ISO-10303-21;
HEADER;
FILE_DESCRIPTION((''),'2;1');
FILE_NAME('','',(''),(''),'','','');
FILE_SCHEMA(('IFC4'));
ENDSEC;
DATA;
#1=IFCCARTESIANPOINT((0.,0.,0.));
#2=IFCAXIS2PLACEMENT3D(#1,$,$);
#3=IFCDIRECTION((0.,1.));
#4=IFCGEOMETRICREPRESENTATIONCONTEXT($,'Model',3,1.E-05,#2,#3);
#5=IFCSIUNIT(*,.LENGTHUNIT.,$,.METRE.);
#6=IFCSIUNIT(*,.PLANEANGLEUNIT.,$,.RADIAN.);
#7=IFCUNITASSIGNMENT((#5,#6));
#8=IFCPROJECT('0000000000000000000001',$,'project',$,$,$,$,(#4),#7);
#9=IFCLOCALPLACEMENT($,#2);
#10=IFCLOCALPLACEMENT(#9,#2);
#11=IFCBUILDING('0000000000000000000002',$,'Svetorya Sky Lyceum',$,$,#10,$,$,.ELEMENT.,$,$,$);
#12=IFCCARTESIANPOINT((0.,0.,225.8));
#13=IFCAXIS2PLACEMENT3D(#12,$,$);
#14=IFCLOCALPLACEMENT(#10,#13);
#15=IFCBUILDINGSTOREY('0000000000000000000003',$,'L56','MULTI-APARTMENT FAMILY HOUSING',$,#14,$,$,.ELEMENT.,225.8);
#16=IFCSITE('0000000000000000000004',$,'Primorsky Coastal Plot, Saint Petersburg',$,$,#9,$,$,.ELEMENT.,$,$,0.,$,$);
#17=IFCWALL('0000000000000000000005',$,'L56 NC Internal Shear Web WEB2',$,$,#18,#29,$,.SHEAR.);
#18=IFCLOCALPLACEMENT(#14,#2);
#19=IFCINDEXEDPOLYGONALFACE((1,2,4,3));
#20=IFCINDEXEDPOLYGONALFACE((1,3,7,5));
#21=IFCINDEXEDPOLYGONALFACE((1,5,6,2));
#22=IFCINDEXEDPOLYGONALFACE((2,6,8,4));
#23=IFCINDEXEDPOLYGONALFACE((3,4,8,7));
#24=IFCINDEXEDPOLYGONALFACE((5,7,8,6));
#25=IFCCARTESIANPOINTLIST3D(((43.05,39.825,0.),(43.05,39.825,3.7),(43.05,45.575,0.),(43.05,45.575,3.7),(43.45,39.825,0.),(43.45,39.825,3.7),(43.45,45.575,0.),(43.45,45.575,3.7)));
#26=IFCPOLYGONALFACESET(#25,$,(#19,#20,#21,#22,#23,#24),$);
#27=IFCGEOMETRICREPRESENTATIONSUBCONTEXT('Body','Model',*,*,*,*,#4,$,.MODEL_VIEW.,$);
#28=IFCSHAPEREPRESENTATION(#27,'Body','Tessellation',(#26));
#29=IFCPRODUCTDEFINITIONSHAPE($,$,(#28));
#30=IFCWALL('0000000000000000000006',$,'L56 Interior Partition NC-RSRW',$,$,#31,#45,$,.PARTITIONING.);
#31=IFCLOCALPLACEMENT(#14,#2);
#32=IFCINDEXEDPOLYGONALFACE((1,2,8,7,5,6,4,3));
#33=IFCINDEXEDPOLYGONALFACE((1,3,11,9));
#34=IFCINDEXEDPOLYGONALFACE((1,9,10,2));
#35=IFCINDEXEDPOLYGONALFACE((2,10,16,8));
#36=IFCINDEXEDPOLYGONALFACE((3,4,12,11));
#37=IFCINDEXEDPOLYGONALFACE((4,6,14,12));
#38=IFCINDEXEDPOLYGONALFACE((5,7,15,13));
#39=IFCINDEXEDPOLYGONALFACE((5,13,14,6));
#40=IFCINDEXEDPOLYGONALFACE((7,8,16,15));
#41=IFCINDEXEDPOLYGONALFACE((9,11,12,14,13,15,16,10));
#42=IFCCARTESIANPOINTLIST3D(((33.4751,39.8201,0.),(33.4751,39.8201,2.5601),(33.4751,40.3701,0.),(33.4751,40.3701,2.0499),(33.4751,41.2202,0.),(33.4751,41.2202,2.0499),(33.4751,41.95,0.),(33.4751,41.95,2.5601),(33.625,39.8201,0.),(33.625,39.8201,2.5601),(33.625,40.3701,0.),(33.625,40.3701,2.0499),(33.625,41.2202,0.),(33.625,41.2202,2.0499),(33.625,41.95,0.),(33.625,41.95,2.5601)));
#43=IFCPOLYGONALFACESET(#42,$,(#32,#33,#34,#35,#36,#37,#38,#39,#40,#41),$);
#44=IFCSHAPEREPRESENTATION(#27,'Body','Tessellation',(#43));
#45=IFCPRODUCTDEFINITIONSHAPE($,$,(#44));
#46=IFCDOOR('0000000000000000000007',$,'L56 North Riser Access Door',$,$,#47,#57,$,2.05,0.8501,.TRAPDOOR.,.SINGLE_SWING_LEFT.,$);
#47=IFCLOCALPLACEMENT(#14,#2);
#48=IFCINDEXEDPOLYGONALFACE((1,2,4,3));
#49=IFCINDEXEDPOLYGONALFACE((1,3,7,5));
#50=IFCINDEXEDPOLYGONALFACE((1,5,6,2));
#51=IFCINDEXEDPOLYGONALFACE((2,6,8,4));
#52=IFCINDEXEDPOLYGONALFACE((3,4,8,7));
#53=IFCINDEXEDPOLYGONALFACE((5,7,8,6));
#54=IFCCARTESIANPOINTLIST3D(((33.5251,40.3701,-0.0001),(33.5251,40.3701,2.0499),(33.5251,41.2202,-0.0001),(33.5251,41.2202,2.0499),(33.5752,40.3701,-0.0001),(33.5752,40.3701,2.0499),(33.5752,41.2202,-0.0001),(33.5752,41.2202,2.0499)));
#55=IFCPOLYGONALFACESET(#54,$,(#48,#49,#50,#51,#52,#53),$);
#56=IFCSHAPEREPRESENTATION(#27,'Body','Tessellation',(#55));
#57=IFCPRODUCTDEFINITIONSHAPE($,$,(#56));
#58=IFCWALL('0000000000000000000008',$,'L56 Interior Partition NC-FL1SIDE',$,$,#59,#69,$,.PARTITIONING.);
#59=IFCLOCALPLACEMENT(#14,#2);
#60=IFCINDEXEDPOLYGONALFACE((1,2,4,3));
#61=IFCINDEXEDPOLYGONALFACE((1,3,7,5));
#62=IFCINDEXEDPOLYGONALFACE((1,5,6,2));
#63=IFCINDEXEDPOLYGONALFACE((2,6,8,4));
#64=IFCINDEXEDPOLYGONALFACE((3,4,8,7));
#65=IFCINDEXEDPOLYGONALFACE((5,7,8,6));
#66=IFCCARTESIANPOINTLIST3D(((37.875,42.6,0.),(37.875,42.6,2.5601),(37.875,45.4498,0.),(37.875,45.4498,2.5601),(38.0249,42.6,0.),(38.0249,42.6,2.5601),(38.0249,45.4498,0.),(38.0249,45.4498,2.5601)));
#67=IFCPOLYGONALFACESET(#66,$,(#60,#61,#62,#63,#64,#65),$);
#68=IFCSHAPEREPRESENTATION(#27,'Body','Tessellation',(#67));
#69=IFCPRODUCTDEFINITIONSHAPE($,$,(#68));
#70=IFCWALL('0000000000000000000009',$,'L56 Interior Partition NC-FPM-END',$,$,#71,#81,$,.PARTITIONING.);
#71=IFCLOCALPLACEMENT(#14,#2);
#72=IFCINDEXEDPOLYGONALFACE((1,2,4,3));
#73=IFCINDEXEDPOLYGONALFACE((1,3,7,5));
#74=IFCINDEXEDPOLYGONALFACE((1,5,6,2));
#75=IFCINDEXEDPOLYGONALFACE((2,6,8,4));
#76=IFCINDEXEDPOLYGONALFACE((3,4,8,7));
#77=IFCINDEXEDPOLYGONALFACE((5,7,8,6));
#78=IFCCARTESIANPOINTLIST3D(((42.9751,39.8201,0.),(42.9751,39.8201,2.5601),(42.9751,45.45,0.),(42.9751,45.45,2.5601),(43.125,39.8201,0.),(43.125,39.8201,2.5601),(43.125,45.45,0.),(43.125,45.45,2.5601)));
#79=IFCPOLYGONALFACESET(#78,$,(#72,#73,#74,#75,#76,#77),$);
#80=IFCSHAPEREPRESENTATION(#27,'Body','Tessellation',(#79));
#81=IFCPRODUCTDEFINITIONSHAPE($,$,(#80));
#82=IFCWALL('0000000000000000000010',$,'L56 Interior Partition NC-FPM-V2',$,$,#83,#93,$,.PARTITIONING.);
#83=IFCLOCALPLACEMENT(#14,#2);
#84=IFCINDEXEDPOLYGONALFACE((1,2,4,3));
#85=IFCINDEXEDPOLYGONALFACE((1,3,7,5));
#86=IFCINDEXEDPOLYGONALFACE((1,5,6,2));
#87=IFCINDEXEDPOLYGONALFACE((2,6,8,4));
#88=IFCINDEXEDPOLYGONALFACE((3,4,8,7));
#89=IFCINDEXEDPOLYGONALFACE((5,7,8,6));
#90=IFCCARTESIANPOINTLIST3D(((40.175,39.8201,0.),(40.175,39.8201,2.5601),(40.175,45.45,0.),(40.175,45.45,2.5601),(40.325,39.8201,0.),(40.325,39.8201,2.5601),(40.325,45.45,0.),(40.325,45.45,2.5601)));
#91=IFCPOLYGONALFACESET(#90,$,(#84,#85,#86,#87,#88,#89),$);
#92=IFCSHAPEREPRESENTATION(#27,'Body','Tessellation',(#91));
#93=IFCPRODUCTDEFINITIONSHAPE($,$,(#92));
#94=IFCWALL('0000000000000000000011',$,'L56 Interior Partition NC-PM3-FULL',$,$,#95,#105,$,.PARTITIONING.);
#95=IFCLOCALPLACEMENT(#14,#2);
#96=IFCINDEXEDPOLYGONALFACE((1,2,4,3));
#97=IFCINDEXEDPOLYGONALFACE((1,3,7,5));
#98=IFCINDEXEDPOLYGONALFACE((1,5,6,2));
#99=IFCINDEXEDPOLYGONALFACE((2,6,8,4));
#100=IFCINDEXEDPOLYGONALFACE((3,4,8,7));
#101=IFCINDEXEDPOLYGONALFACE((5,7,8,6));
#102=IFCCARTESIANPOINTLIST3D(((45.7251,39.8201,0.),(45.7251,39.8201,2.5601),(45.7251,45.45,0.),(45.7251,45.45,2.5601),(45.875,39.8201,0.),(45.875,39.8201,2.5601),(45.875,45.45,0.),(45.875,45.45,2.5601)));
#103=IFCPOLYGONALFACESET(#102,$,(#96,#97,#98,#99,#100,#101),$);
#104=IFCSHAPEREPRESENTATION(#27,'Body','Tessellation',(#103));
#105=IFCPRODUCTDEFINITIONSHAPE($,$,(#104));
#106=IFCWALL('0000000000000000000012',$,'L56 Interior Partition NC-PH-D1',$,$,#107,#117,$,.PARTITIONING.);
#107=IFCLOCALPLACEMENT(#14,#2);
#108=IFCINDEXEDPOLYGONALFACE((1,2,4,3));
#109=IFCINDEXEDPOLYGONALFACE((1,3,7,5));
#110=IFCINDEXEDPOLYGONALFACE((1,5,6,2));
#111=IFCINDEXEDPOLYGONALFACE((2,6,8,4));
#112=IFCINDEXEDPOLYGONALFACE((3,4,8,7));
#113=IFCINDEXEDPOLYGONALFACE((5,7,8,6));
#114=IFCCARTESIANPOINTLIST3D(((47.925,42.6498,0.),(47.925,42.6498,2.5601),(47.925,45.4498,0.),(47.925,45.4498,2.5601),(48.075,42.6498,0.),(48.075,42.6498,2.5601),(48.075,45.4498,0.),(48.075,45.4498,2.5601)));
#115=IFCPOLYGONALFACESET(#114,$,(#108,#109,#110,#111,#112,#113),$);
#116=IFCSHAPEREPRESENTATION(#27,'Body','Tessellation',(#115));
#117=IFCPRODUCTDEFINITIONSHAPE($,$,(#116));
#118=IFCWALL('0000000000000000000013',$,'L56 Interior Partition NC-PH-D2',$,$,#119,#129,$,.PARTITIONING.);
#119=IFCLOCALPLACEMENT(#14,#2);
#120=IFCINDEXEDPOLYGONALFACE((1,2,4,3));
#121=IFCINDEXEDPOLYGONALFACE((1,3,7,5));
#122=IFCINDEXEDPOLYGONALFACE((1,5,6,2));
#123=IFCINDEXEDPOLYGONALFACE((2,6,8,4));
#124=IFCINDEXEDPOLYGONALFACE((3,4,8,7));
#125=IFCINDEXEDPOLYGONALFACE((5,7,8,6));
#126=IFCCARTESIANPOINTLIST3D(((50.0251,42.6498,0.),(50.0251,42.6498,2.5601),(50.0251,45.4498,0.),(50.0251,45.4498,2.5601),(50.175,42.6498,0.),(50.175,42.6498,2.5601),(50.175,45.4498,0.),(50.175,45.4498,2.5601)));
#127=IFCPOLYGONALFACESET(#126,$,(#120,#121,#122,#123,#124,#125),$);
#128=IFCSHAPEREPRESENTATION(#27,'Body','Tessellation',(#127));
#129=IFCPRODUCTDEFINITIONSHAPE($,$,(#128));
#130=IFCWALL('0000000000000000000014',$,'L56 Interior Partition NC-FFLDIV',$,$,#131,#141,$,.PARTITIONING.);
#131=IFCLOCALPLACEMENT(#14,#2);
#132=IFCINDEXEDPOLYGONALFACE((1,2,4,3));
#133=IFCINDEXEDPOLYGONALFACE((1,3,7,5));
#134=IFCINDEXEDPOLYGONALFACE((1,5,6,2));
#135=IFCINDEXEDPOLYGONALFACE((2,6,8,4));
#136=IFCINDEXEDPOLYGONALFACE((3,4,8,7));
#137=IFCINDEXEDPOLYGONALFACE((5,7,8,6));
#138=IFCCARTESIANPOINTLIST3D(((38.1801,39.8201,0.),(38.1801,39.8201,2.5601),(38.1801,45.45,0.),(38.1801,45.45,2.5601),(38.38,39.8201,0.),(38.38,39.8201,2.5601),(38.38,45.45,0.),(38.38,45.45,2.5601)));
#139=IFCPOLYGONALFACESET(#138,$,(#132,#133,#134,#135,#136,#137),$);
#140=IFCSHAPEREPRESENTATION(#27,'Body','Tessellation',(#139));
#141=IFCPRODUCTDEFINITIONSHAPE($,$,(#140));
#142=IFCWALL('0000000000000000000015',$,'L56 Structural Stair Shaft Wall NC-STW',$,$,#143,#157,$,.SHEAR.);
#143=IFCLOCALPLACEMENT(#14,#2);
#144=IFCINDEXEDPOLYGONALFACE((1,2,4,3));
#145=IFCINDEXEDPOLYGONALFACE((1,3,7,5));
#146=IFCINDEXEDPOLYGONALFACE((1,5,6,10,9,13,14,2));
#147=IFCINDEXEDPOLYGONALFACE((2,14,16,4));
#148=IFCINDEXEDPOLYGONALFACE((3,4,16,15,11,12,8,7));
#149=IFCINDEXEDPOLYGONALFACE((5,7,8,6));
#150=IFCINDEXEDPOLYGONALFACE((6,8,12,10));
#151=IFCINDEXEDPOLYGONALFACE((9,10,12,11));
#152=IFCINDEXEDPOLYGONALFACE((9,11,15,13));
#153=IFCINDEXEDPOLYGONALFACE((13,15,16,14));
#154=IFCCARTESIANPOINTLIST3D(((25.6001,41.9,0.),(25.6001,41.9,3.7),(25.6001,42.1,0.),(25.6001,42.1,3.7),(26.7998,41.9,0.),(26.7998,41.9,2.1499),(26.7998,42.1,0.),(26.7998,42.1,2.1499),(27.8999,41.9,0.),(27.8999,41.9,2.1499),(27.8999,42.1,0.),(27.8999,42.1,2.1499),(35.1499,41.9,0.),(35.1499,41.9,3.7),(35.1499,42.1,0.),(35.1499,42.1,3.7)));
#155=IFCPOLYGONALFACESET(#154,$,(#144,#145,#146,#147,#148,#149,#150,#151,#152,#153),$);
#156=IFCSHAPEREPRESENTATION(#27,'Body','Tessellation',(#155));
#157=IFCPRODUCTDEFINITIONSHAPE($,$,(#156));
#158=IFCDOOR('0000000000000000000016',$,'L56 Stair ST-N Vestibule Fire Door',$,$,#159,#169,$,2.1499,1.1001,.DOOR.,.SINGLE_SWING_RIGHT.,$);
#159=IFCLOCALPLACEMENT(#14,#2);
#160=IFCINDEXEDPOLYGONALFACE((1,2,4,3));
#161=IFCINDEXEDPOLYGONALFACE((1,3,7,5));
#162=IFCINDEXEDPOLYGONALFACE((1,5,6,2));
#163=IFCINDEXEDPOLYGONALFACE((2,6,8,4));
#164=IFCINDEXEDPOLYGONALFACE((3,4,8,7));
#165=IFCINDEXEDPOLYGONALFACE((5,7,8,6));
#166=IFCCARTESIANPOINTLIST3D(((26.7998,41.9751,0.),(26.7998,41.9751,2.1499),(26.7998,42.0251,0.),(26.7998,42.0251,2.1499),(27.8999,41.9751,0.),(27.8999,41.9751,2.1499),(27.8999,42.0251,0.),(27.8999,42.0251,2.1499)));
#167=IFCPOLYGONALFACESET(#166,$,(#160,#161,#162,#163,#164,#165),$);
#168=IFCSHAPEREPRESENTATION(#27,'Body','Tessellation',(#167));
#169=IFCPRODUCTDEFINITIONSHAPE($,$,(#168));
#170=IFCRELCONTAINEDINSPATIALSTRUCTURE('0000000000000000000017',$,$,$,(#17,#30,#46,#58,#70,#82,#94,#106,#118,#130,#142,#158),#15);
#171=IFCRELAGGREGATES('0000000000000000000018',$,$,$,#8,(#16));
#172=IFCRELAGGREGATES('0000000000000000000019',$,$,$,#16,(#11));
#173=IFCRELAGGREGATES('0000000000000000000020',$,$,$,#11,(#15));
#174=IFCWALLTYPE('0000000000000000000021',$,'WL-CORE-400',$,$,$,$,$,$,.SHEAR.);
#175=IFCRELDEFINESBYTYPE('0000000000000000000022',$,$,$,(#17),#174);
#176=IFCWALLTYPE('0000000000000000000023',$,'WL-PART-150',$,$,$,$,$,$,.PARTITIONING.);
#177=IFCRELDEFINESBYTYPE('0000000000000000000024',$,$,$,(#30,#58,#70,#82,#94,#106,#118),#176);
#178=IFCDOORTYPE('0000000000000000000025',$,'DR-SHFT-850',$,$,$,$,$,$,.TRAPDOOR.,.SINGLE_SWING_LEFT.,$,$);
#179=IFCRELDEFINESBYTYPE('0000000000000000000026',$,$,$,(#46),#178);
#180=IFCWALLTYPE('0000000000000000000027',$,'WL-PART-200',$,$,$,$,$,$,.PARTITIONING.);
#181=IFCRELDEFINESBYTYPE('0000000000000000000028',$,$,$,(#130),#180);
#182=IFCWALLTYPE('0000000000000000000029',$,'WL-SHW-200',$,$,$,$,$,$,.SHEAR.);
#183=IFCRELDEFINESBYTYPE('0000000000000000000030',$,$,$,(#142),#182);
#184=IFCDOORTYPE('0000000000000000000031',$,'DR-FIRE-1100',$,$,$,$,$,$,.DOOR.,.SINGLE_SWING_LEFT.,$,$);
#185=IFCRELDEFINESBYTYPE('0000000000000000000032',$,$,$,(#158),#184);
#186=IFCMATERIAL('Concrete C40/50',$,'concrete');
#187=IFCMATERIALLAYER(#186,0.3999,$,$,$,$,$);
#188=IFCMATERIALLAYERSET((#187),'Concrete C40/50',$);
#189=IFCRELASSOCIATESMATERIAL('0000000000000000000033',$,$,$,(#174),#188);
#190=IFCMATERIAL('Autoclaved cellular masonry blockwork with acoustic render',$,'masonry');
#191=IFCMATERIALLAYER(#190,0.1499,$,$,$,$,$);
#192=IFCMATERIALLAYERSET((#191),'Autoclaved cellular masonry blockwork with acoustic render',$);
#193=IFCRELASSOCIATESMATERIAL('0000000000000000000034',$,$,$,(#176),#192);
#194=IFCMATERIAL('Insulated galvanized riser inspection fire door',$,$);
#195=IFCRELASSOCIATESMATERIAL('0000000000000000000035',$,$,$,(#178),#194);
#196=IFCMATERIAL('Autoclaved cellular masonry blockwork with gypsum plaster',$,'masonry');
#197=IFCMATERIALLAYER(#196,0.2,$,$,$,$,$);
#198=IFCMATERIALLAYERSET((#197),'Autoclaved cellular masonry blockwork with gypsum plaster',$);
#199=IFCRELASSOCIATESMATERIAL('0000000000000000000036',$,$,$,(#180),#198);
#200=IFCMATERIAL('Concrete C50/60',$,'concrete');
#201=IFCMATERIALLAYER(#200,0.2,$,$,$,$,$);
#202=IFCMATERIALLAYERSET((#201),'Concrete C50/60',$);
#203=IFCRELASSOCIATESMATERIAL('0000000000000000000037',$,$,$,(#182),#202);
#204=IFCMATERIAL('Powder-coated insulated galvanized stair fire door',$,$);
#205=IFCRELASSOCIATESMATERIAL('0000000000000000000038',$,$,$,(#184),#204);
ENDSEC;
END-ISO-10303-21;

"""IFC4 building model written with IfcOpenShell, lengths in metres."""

from ifc_helpers import new_model, si_unit, direction, frame, frame_2d, origin, place, context, subcontext, project, spatial, rectangle, extrude, material, layer, layer_set, type_object, element, fill, save


model = new_model("IFC4")

# Units and contexts
model_context = context("Model", 3, precision=1e-05, world=origin(), true_north=direction((0.0, 1.0)))
body_context = subcontext(model_context, "Body", "Model", "MODEL_VIEW")
ifc_project = project(units=[si_unit("LENGTHUNIT", "METRE"), si_unit("PLANEANGLEUNIT", "RADIAN")], contexts=[model_context])

# Site, building, storey
site_placement = place(None, origin())
site = spatial("IfcSite", under=ifc_project, at=site_placement, Name="Primorsky Coastal Plot, Saint Petersburg", CompositionType="ELEMENT", RefElevation=0.0)
building_placement = place(site_placement, origin())
building = spatial("IfcBuilding", under=site, at=building_placement, Name="Svetorya Sky Lyceum", CompositionType="ELEMENT")
storey_placement = place(building_placement, frame((0.0, 0.0, 225.8)))
storey = spatial("IfcBuildingStorey", under=building, at=storey_placement, Name="L56", Description="MULTI-APARTMENT FAMILY HOUSING", CompositionType="ELEMENT", Elevation=225.8)

# Shared definitions
ifc_material_1 = material(Name="Concrete C50/60", Category="concrete")

# Wall
ifc_material_2 = material(Name="Concrete C40/50", Category="concrete")
ifc_layer_1 = layer(ifc_material_2, 0.3999)
ifc_layer_set_1 = layer_set([ifc_layer_1], Name="Concrete C40/50")
wall_type_1 = type_object("IfcWallType", Name="WL-CORE-400", PredefinedType="SHEAR", material=ifc_layer_set_1)
for number, where, z_axis, x_axis, name in (
    (1, (43.25, 39.825, 0.0), (0.0, 0.0, 1.0), (0.0, 1.0, 0.0), "L56 NC Internal Shear Web WEB2"),
):
    element("IfcWall", number, at=place(storey_placement, frame(where, z_axis=z_axis, x_axis=x_axis)), inside=storey, type_object=wall_type_1, Name=name, PredefinedType="SHEAR", context=body_context, shape_type="SweptSolid", body=[
        extrude(rectangle(XDim=5.75, YDim=0.3999, at=frame_2d((2.875, 0.0))), origin(), (0.0, 0.0, 1.0), 3.7),
    ])

# Wall, opening, door
ifc_material_3 = material(Name="Autoclaved cellular masonry blockwork with acoustic render", Category="masonry")
ifc_layer_2 = layer(ifc_material_3, 0.1499)
ifc_layer_set_2 = layer_set([ifc_layer_2], Name="Autoclaved cellular masonry blockwork with acoustic render")
wall_type_2 = type_object("IfcWallType", Name="WL-PART-150", PredefinedType="PARTITIONING", material=ifc_layer_set_2)
wall_1_placement = place(storey_placement, frame((33.55, 39.8201, 0.0), z_axis=(0.0, 0.0, 1.0), x_axis=(0.0, 1.0, 0.0)))
wall_1 = element("IfcWall", 2, at=wall_1_placement, inside=storey, type_object=wall_type_2, Name="L56 Interior Partition NC-RSRW", PredefinedType="PARTITIONING", context=body_context, shape_type="SweptSolid", body=[
    extrude(rectangle(XDim=2.1299, YDim=0.1499, at=frame_2d((1.0649, 0.0))), origin(), (0.0, 0.0, 1.0), 2.5601),
])
opening_1_placement = place(wall_1_placement, frame((0.55, 0.0, 0.0)))
opening_1 = element("IfcOpeningElement", 3, at=opening_1_placement, cuts=wall_1, PredefinedType="OPENING", context=body_context, shape_type="SweptSolid", body=[
    extrude(rectangle(XDim=0.8501, YDim=2.05, at=frame_2d((0.425, 1.0249))), frame((0.0, 0.085, 0.0), z_axis=(0.0, -1.0, 0.0), x_axis=(1.0, 0.0, 0.0)), (0.0, 0.0, 1.0), 0.1699),
])
ifc_material_4 = material(Name="Insulated galvanized riser inspection fire door")
door_type_1 = type_object("IfcDoorType", Name="DR-SHFT-850", OperationType="SINGLE_SWING_LEFT", PredefinedType="TRAPDOOR", material=ifc_material_4)
door_1_placement = place(opening_1_placement, origin())
door_1 = element("IfcDoor", 4, at=door_1_placement, inside=storey, type_object=door_type_1, Name="L56 North Riser Access Door", OperationType="SINGLE_SWING_LEFT", OverallHeight=2.05, OverallWidth=0.8501, PredefinedType="TRAPDOOR", context=body_context, shape_type="SweptSolid", body=[
    extrude(rectangle(XDim=0.8501, YDim=2.05, at=frame_2d((0.425, 1.0249))), frame((0.0, 0.0249, 0.0), z_axis=(0.0, -1.0, 0.0), x_axis=(1.0, 0.0, 0.0)), (0.0, 0.0, 1.0), 0.05),
])
fill(opening_1, door_1)

# Walls
wall_2_placement = place(storey_placement, frame((37.95, 42.6001, 0.0), z_axis=(0.0, 0.0, 1.0), x_axis=(0.0, 1.0, 0.0)))
element("IfcWall", 5, at=wall_2_placement, inside=storey, type_object=wall_type_2, Name="L56 Interior Partition NC-FL1SIDE", PredefinedType="PARTITIONING", context=body_context, shape_type="SweptSolid", body=[
    extrude(rectangle(XDim=2.8499, YDim=0.1499, at=frame_2d((1.4248, 0.0))), origin(), (0.0, 0.0, 1.0), 2.5601),
])
for number, where, z_axis, x_axis, name in (
    (6, (43.05, 39.8201, 0.0), (0.0, 0.0, 1.0), (0.0, 1.0, 0.0), "L56 Interior Partition NC-FPM-END"),
    (7, (40.25, 39.8201, 0.0), (0.0, 0.0, 1.0), (0.0, 1.0, 0.0), "L56 Interior Partition NC-FPM-V2"),
    (8, (45.8, 39.8201, 0.0), (0.0, 0.0, 1.0), (0.0, 1.0, 0.0), "L56 Interior Partition NC-PM3-FULL"),
):
    element("IfcWall", number, at=place(storey_placement, frame(where, z_axis=z_axis, x_axis=x_axis)), inside=storey, type_object=wall_type_2, Name=name, PredefinedType="PARTITIONING", context=body_context, shape_type="SweptSolid", body=[
        extrude(rectangle(XDim=5.6299, YDim=0.1499, at=frame_2d((2.8149, 0.0))), origin(), (0.0, 0.0, 1.0), 2.5601),
    ])
for number, where, z_axis, x_axis, name in (
    (9, (48.0, 42.6499, 0.0), (0.0, 0.0, 1.0), (0.0, 1.0, 0.0), "L56 Interior Partition NC-PH-D1"),
    (10, (50.1001, 42.6499, 0.0), (0.0, 0.0, 1.0), (0.0, 1.0, 0.0), "L56 Interior Partition NC-PH-D2"),
):
    element("IfcWall", number, at=place(storey_placement, frame(where, z_axis=z_axis, x_axis=x_axis)), inside=storey, type_object=wall_type_2, Name=name, PredefinedType="PARTITIONING", context=body_context, shape_type="SweptSolid", body=[
        extrude(rectangle(XDim=2.8, YDim=0.1499, at=frame_2d((1.3999, 0.0))), origin(), (0.0, 0.0, 1.0), 2.5601),
    ])

# Shared definitions
ifc_material_5 = material(Name="Autoclaved cellular masonry blockwork with gypsum plaster", Category="masonry")
ifc_layer_3 = layer(ifc_material_5, 0.2)
ifc_layer_set_3 = layer_set([ifc_layer_3], Name="Autoclaved cellular masonry blockwork with gypsum plaster")
wall_type_3 = type_object("IfcWallType", Name="WL-PART-200", PredefinedType="PARTITIONING", material=ifc_layer_set_3)

# Wall
wall_3_placement = place(storey_placement, frame((38.28, 39.8201, 0.0), z_axis=(0.0, 0.0, 1.0), x_axis=(0.0, 1.0, 0.0)))
element("IfcWall", 11, at=wall_3_placement, inside=storey, type_object=wall_type_3, Name="L56 Interior Partition NC-FFLDIV", PredefinedType="PARTITIONING", context=body_context, shape_type="SweptSolid", body=[
    extrude(rectangle(XDim=5.6299, YDim=0.2, at=frame_2d((2.8149, 0.0))), origin(), (0.0, 0.0, 1.0), 2.5601),
])

# Wall, opening, door
ifc_layer_4 = layer(ifc_material_1, 0.2)
ifc_layer_set_4 = layer_set([ifc_layer_4], Name="Concrete C50/60")
wall_type_4 = type_object("IfcWallType", Name="WL-SHW-200", PredefinedType="SHEAR", material=ifc_layer_set_4)
wall_4_placement = place(storey_placement, frame((35.1499, 42.0, 0.0), z_axis=(0.0, 0.0, 1.0), x_axis=(-1.0, 0.0, 0.0)))
wall_4 = element("IfcWall", 12, at=wall_4_placement, inside=storey, type_object=wall_type_4, Name="L56 Structural Stair Shaft Wall NC-STW", PredefinedType="SHEAR", context=body_context, shape_type="SweptSolid", body=[
    extrude(rectangle(XDim=9.5498, YDim=0.2, at=frame_2d((4.7749, 0.0))), origin(), (0.0, 0.0, 1.0), 3.7),
])
opening_2_placement = place(wall_4_placement, frame((7.25, 0.0, 0.0)))
opening_2 = element("IfcOpeningElement", 13, at=opening_2_placement, cuts=wall_4, PredefinedType="OPENING", context=body_context, shape_type="SweptSolid", body=[
    extrude(rectangle(XDim=1.1001, YDim=2.1499, at=frame_2d((0.55, 1.075))), frame((0.0, 0.1099, 0.0), z_axis=(0.0, -1.0, 0.0), x_axis=(1.0, 0.0, 0.0)), (0.0, 0.0, 1.0), 0.22),
])
ifc_material_6 = material(Name="Powder-coated insulated galvanized stair fire door")
door_type_2 = type_object("IfcDoorType", Name="DR-FIRE-1100", OperationType="SINGLE_SWING_LEFT", PredefinedType="DOOR", material=ifc_material_6)
door_2_placement = place(opening_2_placement, origin())
door_2 = element("IfcDoor", 14, at=door_2_placement, inside=storey, type_object=door_type_2, Name="L56 Stair ST-N Vestibule Fire Door", OperationType="SINGLE_SWING_RIGHT", OverallHeight=2.1499, OverallWidth=1.1001, PredefinedType="DOOR", context=body_context, shape_type="SweptSolid", body=[
    extrude(rectangle(XDim=1.1001, YDim=2.1499, at=frame_2d((0.55, 1.075))), frame((0.0, 0.0249, 0.0), z_axis=(0.0, -1.0, 0.0), x_axis=(1.0, 0.0, 0.0)), (0.0, 0.0, 1.0), 0.05),
])
fill(opening_2, door_2)

save(model, "model.ifc")
